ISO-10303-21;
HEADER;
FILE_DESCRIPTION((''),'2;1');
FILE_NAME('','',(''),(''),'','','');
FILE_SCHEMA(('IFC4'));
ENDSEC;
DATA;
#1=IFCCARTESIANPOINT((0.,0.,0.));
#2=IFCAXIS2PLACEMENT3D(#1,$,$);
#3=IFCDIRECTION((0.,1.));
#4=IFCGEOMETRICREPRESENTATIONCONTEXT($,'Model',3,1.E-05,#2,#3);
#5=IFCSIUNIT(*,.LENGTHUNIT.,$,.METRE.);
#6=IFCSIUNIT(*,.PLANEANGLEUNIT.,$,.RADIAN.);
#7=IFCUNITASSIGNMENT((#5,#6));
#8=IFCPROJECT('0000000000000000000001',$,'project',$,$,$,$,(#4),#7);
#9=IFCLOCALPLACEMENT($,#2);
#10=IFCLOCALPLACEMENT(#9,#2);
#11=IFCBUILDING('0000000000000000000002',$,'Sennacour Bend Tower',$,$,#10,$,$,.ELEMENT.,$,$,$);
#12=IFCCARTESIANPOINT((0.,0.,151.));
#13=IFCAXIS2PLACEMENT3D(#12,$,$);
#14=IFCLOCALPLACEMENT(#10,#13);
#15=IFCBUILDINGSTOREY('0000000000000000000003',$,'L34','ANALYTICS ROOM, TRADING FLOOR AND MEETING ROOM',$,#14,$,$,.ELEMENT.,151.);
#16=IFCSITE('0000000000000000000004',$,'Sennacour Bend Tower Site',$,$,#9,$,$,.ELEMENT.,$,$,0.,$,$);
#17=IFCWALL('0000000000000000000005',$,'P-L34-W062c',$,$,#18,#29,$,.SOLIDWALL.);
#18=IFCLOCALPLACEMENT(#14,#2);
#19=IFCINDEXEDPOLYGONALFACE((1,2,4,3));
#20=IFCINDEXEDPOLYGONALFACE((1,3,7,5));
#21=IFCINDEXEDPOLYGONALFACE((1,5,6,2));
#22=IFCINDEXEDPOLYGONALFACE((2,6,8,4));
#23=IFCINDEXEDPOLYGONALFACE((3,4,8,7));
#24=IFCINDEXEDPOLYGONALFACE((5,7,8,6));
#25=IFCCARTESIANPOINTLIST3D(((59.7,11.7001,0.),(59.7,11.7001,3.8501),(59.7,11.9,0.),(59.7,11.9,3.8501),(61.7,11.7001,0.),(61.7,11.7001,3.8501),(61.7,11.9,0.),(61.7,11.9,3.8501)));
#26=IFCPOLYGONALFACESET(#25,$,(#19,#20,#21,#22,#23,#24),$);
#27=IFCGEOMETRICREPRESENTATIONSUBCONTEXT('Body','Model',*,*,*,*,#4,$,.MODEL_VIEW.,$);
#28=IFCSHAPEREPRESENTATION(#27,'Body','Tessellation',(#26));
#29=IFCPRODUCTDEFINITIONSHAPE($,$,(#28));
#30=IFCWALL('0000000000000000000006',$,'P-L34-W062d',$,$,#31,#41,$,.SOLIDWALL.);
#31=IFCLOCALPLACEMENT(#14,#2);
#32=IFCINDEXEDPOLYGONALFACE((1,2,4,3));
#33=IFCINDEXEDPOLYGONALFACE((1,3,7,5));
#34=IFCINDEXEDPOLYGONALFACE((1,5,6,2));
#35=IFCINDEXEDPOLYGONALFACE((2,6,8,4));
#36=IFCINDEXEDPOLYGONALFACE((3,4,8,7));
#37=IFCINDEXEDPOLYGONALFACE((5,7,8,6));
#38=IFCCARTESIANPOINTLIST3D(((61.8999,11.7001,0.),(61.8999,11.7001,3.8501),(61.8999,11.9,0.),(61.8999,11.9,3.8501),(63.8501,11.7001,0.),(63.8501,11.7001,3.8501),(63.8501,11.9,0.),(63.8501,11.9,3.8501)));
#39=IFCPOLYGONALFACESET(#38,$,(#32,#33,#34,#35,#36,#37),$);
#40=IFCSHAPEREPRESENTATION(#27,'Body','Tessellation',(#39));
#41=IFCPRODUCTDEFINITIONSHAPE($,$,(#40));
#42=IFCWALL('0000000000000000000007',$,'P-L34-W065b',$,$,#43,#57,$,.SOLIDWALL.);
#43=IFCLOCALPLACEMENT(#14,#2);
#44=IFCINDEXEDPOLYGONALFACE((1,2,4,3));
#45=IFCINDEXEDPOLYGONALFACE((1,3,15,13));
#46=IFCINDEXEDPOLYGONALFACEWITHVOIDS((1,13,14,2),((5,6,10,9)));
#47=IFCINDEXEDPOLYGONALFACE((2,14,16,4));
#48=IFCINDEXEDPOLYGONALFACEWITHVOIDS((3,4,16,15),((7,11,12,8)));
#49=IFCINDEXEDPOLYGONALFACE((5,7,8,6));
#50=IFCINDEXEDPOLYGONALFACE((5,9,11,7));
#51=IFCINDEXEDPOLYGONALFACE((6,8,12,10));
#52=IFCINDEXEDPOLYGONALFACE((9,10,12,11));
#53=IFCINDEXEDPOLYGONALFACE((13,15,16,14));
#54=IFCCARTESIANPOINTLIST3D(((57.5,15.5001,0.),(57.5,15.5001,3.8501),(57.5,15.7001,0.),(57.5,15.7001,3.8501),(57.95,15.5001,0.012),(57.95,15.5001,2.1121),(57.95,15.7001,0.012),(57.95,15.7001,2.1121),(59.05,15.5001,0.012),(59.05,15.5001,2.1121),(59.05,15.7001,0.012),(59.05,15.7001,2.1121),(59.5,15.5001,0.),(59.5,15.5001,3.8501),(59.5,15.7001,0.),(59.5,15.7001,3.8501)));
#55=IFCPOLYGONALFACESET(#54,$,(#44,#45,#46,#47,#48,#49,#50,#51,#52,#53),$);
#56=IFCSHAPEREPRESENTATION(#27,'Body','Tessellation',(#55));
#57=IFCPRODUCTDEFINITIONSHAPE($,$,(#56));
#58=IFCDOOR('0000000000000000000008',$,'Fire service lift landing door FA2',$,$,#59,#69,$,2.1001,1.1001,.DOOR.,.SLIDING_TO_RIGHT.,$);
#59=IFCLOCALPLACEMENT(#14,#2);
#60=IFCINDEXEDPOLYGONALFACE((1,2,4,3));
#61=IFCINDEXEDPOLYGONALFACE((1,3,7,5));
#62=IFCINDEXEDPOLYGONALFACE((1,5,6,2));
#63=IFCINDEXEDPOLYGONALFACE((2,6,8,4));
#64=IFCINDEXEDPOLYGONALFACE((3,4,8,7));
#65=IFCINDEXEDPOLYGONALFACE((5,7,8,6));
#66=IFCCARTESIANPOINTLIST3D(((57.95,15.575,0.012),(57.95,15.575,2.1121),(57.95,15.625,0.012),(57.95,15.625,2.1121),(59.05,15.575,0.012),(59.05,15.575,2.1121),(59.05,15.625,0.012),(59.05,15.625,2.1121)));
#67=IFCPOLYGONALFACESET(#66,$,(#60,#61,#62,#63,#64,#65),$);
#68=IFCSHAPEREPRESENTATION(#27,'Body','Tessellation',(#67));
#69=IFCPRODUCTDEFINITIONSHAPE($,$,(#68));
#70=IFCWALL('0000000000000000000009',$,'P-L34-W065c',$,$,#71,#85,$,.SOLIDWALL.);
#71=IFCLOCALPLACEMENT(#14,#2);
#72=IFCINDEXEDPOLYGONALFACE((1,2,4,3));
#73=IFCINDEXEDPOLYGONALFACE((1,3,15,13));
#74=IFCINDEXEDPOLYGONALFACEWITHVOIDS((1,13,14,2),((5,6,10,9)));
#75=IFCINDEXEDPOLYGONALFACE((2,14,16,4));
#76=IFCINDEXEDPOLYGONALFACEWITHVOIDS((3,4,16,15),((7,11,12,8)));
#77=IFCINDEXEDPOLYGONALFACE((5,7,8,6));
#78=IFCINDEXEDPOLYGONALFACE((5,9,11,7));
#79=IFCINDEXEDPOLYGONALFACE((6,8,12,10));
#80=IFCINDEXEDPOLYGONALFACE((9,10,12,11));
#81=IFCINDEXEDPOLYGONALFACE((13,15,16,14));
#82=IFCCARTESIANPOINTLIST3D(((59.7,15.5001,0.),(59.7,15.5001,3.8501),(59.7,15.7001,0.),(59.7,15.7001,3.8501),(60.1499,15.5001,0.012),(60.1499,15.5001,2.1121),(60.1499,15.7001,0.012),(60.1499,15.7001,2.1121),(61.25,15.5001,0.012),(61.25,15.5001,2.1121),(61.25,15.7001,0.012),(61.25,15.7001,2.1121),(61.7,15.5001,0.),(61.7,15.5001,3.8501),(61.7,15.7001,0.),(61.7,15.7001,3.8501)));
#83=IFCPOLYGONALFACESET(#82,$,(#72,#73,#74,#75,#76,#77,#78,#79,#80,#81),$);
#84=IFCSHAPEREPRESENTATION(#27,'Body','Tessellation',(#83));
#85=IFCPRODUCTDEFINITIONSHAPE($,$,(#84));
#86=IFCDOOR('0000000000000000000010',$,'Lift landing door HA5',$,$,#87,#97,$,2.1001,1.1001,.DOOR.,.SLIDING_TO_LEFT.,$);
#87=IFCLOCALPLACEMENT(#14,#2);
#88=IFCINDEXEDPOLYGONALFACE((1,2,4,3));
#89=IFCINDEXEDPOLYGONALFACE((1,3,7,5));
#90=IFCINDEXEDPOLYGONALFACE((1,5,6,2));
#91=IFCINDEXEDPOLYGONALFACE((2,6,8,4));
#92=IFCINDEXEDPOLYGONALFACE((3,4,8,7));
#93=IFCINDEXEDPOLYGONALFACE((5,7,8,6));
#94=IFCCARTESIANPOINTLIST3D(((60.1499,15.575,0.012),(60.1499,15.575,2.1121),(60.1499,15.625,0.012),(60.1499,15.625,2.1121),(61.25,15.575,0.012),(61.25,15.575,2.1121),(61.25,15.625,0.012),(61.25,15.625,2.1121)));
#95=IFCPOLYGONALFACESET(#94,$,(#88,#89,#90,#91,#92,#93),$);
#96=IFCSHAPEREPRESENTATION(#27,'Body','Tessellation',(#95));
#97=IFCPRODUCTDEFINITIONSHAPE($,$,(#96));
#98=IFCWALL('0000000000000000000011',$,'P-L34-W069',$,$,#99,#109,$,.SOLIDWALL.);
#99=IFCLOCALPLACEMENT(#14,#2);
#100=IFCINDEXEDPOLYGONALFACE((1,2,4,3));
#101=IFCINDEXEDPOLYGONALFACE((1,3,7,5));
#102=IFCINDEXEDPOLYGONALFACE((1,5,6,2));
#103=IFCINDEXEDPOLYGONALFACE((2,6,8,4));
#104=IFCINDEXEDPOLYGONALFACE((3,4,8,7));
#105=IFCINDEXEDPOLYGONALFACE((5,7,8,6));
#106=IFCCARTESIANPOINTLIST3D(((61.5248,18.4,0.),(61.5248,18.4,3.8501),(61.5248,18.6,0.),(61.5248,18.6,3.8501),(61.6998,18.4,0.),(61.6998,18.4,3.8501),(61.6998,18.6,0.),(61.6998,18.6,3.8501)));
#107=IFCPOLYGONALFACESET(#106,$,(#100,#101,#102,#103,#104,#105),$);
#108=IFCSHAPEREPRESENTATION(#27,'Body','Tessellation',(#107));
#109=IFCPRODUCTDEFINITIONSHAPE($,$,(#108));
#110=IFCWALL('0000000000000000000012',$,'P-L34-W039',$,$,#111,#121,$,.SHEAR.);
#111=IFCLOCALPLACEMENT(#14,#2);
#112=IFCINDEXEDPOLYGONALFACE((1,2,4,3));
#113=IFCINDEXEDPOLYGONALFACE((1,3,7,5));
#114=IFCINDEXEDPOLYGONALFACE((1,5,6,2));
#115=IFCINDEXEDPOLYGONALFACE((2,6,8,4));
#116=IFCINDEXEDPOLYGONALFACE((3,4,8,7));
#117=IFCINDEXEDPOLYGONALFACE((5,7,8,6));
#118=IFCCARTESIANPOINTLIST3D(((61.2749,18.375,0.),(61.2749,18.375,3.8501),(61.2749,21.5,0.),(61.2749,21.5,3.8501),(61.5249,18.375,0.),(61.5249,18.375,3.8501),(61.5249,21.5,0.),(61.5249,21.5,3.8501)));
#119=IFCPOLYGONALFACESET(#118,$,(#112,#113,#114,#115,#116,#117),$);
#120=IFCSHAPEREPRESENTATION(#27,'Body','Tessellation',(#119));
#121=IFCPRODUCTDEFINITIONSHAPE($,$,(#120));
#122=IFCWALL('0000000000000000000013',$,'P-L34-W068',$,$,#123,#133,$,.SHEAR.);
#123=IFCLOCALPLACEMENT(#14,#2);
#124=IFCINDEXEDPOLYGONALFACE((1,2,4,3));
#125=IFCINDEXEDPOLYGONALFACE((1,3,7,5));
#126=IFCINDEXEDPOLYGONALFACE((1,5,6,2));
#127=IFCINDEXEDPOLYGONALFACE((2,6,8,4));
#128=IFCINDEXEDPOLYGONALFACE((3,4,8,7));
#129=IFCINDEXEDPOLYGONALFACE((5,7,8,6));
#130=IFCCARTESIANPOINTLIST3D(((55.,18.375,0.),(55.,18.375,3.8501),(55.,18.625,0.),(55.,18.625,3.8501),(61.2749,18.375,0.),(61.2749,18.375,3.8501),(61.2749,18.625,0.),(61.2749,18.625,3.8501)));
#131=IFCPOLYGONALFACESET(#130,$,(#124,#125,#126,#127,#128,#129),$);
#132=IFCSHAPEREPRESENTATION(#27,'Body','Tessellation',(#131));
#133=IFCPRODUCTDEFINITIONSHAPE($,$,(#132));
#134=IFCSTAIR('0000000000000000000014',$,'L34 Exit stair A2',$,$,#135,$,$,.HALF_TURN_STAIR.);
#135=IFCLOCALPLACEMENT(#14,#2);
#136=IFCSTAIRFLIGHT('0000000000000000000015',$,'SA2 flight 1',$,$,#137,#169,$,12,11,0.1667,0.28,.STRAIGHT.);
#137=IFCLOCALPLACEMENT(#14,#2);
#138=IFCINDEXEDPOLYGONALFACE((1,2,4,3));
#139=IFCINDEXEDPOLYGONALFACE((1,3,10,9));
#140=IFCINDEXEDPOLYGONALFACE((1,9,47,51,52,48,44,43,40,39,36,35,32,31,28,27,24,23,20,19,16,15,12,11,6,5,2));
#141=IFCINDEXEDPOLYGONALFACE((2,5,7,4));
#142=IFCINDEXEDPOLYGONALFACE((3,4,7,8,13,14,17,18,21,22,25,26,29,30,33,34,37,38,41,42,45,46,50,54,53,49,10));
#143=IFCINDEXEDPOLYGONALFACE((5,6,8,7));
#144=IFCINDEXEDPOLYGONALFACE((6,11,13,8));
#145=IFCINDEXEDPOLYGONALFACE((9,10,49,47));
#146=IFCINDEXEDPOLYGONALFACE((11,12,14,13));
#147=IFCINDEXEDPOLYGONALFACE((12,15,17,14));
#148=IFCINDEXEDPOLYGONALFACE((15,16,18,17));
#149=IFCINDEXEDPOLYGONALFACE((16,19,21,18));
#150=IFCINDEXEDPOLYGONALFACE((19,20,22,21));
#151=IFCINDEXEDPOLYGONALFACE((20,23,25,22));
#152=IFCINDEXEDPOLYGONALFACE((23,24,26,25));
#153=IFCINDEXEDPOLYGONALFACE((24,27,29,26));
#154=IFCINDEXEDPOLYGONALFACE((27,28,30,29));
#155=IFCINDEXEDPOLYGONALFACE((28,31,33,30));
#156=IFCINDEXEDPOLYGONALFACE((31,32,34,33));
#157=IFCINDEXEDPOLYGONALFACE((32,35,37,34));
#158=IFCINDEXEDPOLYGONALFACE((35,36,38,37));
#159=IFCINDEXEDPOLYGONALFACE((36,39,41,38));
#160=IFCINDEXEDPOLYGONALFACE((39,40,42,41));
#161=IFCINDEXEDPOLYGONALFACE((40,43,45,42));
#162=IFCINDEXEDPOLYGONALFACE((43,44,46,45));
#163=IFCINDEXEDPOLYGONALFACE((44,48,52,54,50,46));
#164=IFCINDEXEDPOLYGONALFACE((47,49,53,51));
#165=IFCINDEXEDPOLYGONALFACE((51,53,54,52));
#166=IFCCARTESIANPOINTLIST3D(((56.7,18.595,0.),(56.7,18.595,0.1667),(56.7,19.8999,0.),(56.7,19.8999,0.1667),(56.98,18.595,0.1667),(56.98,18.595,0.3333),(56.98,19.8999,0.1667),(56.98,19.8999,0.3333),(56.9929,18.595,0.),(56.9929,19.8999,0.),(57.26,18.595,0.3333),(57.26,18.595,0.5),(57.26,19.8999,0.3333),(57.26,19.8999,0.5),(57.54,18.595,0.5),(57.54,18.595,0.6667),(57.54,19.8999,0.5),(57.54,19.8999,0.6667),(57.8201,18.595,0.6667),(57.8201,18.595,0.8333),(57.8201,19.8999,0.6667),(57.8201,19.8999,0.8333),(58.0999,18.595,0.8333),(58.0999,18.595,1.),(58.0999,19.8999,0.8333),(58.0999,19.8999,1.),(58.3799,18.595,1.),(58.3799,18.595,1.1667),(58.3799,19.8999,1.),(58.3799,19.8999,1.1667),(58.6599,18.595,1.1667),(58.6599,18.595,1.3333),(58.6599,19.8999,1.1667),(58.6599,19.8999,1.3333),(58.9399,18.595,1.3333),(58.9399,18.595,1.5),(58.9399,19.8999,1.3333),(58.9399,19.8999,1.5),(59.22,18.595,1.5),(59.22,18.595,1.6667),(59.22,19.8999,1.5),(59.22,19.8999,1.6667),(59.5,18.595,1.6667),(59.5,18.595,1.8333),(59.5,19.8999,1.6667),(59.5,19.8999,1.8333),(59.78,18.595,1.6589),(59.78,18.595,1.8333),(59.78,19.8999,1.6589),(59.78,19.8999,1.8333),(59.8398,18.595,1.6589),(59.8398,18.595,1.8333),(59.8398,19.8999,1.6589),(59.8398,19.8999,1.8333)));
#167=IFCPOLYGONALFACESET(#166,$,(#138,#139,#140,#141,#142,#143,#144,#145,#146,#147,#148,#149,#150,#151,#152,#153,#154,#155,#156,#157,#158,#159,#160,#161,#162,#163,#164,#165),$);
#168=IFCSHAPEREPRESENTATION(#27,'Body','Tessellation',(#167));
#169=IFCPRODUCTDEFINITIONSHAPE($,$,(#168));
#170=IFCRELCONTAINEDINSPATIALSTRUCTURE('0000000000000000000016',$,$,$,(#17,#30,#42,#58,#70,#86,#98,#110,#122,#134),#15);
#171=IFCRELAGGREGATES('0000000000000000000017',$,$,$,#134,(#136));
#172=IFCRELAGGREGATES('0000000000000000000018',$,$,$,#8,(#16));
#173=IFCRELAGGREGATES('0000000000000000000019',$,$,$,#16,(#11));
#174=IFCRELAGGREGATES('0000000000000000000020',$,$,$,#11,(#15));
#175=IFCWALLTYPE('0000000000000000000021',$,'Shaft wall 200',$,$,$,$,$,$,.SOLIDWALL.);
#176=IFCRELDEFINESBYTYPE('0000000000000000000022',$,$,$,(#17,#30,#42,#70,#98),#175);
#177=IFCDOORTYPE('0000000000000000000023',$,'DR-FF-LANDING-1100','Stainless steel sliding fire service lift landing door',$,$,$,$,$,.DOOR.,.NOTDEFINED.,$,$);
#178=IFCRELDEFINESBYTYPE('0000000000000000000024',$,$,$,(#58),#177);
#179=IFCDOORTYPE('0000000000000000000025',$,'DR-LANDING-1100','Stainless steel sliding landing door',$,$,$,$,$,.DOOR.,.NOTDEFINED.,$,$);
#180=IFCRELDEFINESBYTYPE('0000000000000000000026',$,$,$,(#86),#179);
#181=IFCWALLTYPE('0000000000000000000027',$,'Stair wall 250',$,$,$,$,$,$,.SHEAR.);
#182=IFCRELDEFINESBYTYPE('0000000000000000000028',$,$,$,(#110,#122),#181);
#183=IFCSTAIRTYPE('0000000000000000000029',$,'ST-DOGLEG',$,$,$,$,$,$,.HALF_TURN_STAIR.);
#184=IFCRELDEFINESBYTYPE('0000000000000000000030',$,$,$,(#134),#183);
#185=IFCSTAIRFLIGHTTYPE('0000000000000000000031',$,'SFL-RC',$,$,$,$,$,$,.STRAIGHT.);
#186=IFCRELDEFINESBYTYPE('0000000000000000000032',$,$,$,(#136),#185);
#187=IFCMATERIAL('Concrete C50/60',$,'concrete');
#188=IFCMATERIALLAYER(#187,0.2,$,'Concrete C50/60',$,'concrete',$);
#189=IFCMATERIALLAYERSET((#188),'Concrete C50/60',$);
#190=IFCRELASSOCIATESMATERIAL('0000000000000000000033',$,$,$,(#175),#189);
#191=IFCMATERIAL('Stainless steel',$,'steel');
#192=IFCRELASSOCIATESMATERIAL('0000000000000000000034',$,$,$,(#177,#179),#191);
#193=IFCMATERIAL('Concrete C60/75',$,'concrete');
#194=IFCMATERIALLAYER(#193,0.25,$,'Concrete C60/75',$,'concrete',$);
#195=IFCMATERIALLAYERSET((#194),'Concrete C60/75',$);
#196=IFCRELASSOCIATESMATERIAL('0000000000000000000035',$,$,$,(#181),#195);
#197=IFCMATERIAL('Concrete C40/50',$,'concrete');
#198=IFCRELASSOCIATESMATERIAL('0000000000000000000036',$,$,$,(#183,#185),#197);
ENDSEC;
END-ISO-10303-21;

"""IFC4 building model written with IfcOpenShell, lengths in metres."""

from ifc_helpers import new_model, si_unit, direction, frame, frame_2d, origin, place, context, subcontext, project, spatial, polyline, rectangle, outline, extrude, material, layer, layer_set, type_object, element, fill, aggregate, save


model = new_model("IFC4")

# Units and contexts
model_context = context("Model", 3, precision=1e-05, world=origin(), true_north=direction((0.0, 1.0)))
body_context = subcontext(model_context, "Body", "Model", "MODEL_VIEW")
ifc_project = project(units=[si_unit("LENGTHUNIT", "METRE"), si_unit("PLANEANGLEUNIT", "RADIAN")], contexts=[model_context])

# Site, building, storey
site_placement = place(None, origin())
site = spatial("IfcSite", under=ifc_project, at=site_placement, Name="Sennacour Bend Tower Site", CompositionType="ELEMENT", RefElevation=0.0)
building_placement = place(site_placement, origin())
building = spatial("IfcBuilding", under=site, at=building_placement, Name="Sennacour Bend Tower", CompositionType="ELEMENT")
storey_placement = place(building_placement, frame((0.0, 0.0, 151.0)))
storey = spatial("IfcBuildingStorey", under=building, at=storey_placement, Name="L34", Description="ANALYTICS ROOM, TRADING FLOOR AND MEETING ROOM", CompositionType="ELEMENT", Elevation=151.0)

# Walls
ifc_material_1 = material(Name="Concrete C50/60", Category="concrete")
ifc_layer_1 = layer(ifc_material_1, 0.2, Name="Concrete C50/60", Category="concrete")
ifc_layer_set_1 = layer_set([ifc_layer_1], Name="Concrete C50/60")
wall_type_1 = type_object("IfcWallType", Name="Shaft wall 200", PredefinedType="SOLIDWALL", material=ifc_layer_set_1)
for number, where, z_axis, x_axis, name in (
    (1, (59.7, 11.8, 0.0), (0.0, 0.0, 1.0), (1.0, 0.0, 0.0), "P-L34-W062c"),
):
    element("IfcWall", number, at=place(storey_placement, frame(where, z_axis=z_axis, x_axis=x_axis)), inside=storey, type_object=wall_type_1, Name=name, PredefinedType="SOLIDWALL", context=body_context, shape_type="SweptSolid", body=[
        extrude(rectangle(XDim=2.0, YDim=0.2, at=frame_2d((1.0, 0.0))), origin(), (0.0, 0.0, 1.0), 3.8501),
    ])
wall_1_placement = place(storey_placement, frame((61.8999, 11.8, 0.0), z_axis=(0.0, 0.0, 1.0), x_axis=(1.0, 0.0, 0.0)))
element("IfcWall", 2, at=wall_1_placement, inside=storey, type_object=wall_type_1, Name="P-L34-W062d", PredefinedType="SOLIDWALL", context=body_context, shape_type="SweptSolid", body=[
    extrude(rectangle(XDim=1.9502, YDim=0.2, at=frame_2d((0.9751, 0.0))), origin(), (0.0, 0.0, 1.0), 3.8501),
])

# Walls, openings, doors
wall_2_placement = place(storey_placement, frame((57.5, 15.6001, 0.0), z_axis=(0.0, 0.0, 1.0), x_axis=(1.0, 0.0, 0.0)))
wall_2 = element("IfcWall", 3, at=wall_2_placement, inside=storey, type_object=wall_type_1, Name="P-L34-W065b", PredefinedType="SOLIDWALL", context=body_context, shape_type="SweptSolid", body=[
    extrude(rectangle(XDim=2.0, YDim=0.2, at=frame_2d((1.0, 0.0))), origin(), (0.0, 0.0, 1.0), 3.8501),
])
opening_1_placement = place(wall_2_placement, frame((0.45, 0.0, 0.012)))
opening_1 = element("IfcOpeningElement", 4, at=opening_1_placement, cuts=wall_2, PredefinedType="OPENING", context=body_context, shape_type="SweptSolid", body=[
    extrude(rectangle(XDim=1.1001, YDim=2.1001, at=frame_2d((0.55, 1.05))), frame((0.0, 0.1099, 0.0), z_axis=(0.0, -1.0, 0.0), x_axis=(1.0, 0.0, 0.0)), (0.0, 0.0, 1.0), 0.22),
])
ifc_material_2 = material(Name="Stainless steel", Category="steel")
door_type_1 = type_object("IfcDoorType", Name="DR-FF-LANDING-1100", Description="Stainless steel sliding fire service lift landing door", OperationType="NOTDEFINED", PredefinedType="DOOR", material=ifc_material_2)
door_1_placement = place(opening_1_placement, origin())
door_1 = element("IfcDoor", 5, at=door_1_placement, inside=storey, type_object=door_type_1, Name="Fire service lift landing door FA2", OperationType="SLIDING_TO_RIGHT", OverallHeight=2.1001, OverallWidth=1.1001, PredefinedType="DOOR", context=body_context, shape_type="SweptSolid", body=[
    extrude(rectangle(XDim=1.1001, YDim=2.1001, at=frame_2d((0.55, 1.05))), frame((0.0, 0.0249, 0.0), z_axis=(0.0, -1.0, 0.0), x_axis=(1.0, 0.0, 0.0)), (0.0, 0.0, 1.0), 0.05),
])
fill(opening_1, door_1)
wall_3_placement = place(storey_placement, frame((59.7, 15.6001, 0.0), z_axis=(0.0, 0.0, 1.0), x_axis=(1.0, 0.0, 0.0)))
wall_3 = element("IfcWall", 6, at=wall_3_placement, inside=storey, type_object=wall_type_1, Name="P-L34-W065c", PredefinedType="SOLIDWALL", context=body_context, shape_type="SweptSolid", body=[
    extrude(rectangle(XDim=2.0, YDim=0.2, at=frame_2d((1.0, 0.0))), origin(), (0.0, 0.0, 1.0), 3.8501),
])
opening_2_placement = place(wall_3_placement, frame((0.45, 0.0, 0.012)))
opening_2 = element("IfcOpeningElement", 7, at=opening_2_placement, cuts=wall_3, PredefinedType="OPENING", context=body_context, shape_type="SweptSolid", body=[
    extrude(rectangle(XDim=1.1001, YDim=2.1001, at=frame_2d((0.55, 1.05))), frame((0.0, 0.1099, 0.0), z_axis=(0.0, -1.0, 0.0), x_axis=(1.0, 0.0, 0.0)), (0.0, 0.0, 1.0), 0.22),
])
door_type_2 = type_object("IfcDoorType", Name="DR-LANDING-1100", Description="Stainless steel sliding landing door", OperationType="NOTDEFINED", PredefinedType="DOOR", material=ifc_material_2)
door_2_placement = place(opening_2_placement, origin())
door_2 = element("IfcDoor", 8, at=door_2_placement, inside=storey, type_object=door_type_2, Name="Lift landing door HA5", OperationType="SLIDING_TO_LEFT", OverallHeight=2.1001, OverallWidth=1.1001, PredefinedType="DOOR", context=body_context, shape_type="SweptSolid", body=[
    extrude(rectangle(XDim=1.1001, YDim=2.1001, at=frame_2d((0.55, 1.05))), frame((0.0, 0.0249, 0.0), z_axis=(0.0, -1.0, 0.0), x_axis=(1.0, 0.0, 0.0)), (0.0, 0.0, 1.0), 0.05),
])
fill(opening_2, door_2)

# Walls
wall_4_placement = place(storey_placement, frame((61.5249, 18.5, 0.0), z_axis=(0.0, 0.0, 1.0), x_axis=(1.0, 0.0, 0.0)))
element("IfcWall", 9, at=wall_4_placement, inside=storey, type_object=wall_type_1, Name="P-L34-W069", PredefinedType="SOLIDWALL", context=body_context, shape_type="SweptSolid", body=[
    extrude(rectangle(XDim=0.175, YDim=0.2, at=frame_2d((0.0874, 0.0))), origin(), (0.0, 0.0, 1.0), 3.8501),
])
ifc_material_3 = material(Name="Concrete C60/75", Category="concrete")
ifc_layer_2 = layer(ifc_material_3, 0.25, Name="Concrete C60/75", Category="concrete")
ifc_layer_set_2 = layer_set([ifc_layer_2], Name="Concrete C60/75")
wall_type_2 = type_object("IfcWallType", Name="Stair wall 250", PredefinedType="SHEAR", material=ifc_layer_set_2)
wall_5_placement = place(storey_placement, frame((61.3999, 18.375, 0.0), z_axis=(0.0, 0.0, 1.0), x_axis=(0.0, 1.0, 0.0)))
element("IfcWall", 10, at=wall_5_placement, inside=storey, type_object=wall_type_2, Name="P-L34-W039", PredefinedType="SHEAR", context=body_context, shape_type="SweptSolid", body=[
    extrude(rectangle(XDim=3.125, YDim=0.25, at=frame_2d((1.5625, 0.0))), origin(), (0.0, 0.0, 1.0), 3.8501),
])
wall_6_placement = place(storey_placement, frame((55.0, 18.5, 0.0), z_axis=(0.0, 0.0, 1.0), x_axis=(1.0, 0.0, 0.0)))
element("IfcWall", 11, at=wall_6_placement, inside=storey, type_object=wall_type_2, Name="P-L34-W068", PredefinedType="SHEAR", context=body_context, shape_type="SweptSolid", body=[
    extrude(rectangle(XDim=6.2749, YDim=0.25, at=frame_2d((3.1375, 0.0))), origin(), (0.0, 0.0, 1.0), 3.8501),
])

# Stair, stair flight
ifc_material_4 = material(Name="Concrete C40/50", Category="concrete")
stair_type = type_object("IfcStairType", Name="ST-DOGLEG", PredefinedType="HALF_TURN_STAIR", material=ifc_material_4)
stair_placement = place(storey_placement, origin())
stair = element("IfcStair", 12, at=stair_placement, inside=storey, type_object=stair_type, Name="L34 Exit stair A2", PredefinedType="HALF_TURN_STAIR")
stair_flight_type = type_object("IfcStairFlightType", Name="SFL-RC", PredefinedType="STRAIGHT", material=ifc_material_4)
stair_flight_1_placement = place(storey_placement, frame((56.7, 19.2476, 0.0), z_axis=(0.0, 0.0, 1.0), x_axis=(1.0, 0.0, 0.0)))
stair_flight_1 = element("IfcStairFlight", 13, at=stair_flight_1_placement, type_object=stair_flight_type, Name="SA2 flight 1", NumberOfRisers=12, NumberOfTreads=11, PredefinedType="STRAIGHT", RiserHeight=0.1667, TreadLength=0.28, context=body_context, shape_type="SweptSolid", body=[
    extrude(outline(polyline([(0.0, 0.0), (0.0, 0.1667), (0.28, 0.1667), (0.28, 0.3333), (0.5601, 0.3333), (0.5601, 0.5), (0.8401, 0.5), (0.8401, 0.6667), (1.1201, 0.6667), (1.1201, 0.8333), (1.3999, 0.8333), (1.3999, 1.0), (1.6799, 1.0), (1.6799, 1.1667), (1.96, 1.1667), (1.96, 1.3333), (2.24, 1.3333), (2.24, 1.5), (2.52, 1.5), (2.52, 1.6667), (2.8, 1.6667), (2.8, 1.8333), (3.0801, 1.8333), (3.1399, 1.8333), (3.1399, 1.6589), (3.0801, 1.6589), (0.293, 0.0), (0.0, 0.0)])), frame((0.0, 0.6523, 0.0), z_axis=(0.0, -1.0, 0.0), x_axis=(1.0, 0.0, 0.0)), (0.0, 0.0, 1.0), 1.3049),
])
aggregate(stair, [stair_flight_1])

save(model, "model.ifc")
